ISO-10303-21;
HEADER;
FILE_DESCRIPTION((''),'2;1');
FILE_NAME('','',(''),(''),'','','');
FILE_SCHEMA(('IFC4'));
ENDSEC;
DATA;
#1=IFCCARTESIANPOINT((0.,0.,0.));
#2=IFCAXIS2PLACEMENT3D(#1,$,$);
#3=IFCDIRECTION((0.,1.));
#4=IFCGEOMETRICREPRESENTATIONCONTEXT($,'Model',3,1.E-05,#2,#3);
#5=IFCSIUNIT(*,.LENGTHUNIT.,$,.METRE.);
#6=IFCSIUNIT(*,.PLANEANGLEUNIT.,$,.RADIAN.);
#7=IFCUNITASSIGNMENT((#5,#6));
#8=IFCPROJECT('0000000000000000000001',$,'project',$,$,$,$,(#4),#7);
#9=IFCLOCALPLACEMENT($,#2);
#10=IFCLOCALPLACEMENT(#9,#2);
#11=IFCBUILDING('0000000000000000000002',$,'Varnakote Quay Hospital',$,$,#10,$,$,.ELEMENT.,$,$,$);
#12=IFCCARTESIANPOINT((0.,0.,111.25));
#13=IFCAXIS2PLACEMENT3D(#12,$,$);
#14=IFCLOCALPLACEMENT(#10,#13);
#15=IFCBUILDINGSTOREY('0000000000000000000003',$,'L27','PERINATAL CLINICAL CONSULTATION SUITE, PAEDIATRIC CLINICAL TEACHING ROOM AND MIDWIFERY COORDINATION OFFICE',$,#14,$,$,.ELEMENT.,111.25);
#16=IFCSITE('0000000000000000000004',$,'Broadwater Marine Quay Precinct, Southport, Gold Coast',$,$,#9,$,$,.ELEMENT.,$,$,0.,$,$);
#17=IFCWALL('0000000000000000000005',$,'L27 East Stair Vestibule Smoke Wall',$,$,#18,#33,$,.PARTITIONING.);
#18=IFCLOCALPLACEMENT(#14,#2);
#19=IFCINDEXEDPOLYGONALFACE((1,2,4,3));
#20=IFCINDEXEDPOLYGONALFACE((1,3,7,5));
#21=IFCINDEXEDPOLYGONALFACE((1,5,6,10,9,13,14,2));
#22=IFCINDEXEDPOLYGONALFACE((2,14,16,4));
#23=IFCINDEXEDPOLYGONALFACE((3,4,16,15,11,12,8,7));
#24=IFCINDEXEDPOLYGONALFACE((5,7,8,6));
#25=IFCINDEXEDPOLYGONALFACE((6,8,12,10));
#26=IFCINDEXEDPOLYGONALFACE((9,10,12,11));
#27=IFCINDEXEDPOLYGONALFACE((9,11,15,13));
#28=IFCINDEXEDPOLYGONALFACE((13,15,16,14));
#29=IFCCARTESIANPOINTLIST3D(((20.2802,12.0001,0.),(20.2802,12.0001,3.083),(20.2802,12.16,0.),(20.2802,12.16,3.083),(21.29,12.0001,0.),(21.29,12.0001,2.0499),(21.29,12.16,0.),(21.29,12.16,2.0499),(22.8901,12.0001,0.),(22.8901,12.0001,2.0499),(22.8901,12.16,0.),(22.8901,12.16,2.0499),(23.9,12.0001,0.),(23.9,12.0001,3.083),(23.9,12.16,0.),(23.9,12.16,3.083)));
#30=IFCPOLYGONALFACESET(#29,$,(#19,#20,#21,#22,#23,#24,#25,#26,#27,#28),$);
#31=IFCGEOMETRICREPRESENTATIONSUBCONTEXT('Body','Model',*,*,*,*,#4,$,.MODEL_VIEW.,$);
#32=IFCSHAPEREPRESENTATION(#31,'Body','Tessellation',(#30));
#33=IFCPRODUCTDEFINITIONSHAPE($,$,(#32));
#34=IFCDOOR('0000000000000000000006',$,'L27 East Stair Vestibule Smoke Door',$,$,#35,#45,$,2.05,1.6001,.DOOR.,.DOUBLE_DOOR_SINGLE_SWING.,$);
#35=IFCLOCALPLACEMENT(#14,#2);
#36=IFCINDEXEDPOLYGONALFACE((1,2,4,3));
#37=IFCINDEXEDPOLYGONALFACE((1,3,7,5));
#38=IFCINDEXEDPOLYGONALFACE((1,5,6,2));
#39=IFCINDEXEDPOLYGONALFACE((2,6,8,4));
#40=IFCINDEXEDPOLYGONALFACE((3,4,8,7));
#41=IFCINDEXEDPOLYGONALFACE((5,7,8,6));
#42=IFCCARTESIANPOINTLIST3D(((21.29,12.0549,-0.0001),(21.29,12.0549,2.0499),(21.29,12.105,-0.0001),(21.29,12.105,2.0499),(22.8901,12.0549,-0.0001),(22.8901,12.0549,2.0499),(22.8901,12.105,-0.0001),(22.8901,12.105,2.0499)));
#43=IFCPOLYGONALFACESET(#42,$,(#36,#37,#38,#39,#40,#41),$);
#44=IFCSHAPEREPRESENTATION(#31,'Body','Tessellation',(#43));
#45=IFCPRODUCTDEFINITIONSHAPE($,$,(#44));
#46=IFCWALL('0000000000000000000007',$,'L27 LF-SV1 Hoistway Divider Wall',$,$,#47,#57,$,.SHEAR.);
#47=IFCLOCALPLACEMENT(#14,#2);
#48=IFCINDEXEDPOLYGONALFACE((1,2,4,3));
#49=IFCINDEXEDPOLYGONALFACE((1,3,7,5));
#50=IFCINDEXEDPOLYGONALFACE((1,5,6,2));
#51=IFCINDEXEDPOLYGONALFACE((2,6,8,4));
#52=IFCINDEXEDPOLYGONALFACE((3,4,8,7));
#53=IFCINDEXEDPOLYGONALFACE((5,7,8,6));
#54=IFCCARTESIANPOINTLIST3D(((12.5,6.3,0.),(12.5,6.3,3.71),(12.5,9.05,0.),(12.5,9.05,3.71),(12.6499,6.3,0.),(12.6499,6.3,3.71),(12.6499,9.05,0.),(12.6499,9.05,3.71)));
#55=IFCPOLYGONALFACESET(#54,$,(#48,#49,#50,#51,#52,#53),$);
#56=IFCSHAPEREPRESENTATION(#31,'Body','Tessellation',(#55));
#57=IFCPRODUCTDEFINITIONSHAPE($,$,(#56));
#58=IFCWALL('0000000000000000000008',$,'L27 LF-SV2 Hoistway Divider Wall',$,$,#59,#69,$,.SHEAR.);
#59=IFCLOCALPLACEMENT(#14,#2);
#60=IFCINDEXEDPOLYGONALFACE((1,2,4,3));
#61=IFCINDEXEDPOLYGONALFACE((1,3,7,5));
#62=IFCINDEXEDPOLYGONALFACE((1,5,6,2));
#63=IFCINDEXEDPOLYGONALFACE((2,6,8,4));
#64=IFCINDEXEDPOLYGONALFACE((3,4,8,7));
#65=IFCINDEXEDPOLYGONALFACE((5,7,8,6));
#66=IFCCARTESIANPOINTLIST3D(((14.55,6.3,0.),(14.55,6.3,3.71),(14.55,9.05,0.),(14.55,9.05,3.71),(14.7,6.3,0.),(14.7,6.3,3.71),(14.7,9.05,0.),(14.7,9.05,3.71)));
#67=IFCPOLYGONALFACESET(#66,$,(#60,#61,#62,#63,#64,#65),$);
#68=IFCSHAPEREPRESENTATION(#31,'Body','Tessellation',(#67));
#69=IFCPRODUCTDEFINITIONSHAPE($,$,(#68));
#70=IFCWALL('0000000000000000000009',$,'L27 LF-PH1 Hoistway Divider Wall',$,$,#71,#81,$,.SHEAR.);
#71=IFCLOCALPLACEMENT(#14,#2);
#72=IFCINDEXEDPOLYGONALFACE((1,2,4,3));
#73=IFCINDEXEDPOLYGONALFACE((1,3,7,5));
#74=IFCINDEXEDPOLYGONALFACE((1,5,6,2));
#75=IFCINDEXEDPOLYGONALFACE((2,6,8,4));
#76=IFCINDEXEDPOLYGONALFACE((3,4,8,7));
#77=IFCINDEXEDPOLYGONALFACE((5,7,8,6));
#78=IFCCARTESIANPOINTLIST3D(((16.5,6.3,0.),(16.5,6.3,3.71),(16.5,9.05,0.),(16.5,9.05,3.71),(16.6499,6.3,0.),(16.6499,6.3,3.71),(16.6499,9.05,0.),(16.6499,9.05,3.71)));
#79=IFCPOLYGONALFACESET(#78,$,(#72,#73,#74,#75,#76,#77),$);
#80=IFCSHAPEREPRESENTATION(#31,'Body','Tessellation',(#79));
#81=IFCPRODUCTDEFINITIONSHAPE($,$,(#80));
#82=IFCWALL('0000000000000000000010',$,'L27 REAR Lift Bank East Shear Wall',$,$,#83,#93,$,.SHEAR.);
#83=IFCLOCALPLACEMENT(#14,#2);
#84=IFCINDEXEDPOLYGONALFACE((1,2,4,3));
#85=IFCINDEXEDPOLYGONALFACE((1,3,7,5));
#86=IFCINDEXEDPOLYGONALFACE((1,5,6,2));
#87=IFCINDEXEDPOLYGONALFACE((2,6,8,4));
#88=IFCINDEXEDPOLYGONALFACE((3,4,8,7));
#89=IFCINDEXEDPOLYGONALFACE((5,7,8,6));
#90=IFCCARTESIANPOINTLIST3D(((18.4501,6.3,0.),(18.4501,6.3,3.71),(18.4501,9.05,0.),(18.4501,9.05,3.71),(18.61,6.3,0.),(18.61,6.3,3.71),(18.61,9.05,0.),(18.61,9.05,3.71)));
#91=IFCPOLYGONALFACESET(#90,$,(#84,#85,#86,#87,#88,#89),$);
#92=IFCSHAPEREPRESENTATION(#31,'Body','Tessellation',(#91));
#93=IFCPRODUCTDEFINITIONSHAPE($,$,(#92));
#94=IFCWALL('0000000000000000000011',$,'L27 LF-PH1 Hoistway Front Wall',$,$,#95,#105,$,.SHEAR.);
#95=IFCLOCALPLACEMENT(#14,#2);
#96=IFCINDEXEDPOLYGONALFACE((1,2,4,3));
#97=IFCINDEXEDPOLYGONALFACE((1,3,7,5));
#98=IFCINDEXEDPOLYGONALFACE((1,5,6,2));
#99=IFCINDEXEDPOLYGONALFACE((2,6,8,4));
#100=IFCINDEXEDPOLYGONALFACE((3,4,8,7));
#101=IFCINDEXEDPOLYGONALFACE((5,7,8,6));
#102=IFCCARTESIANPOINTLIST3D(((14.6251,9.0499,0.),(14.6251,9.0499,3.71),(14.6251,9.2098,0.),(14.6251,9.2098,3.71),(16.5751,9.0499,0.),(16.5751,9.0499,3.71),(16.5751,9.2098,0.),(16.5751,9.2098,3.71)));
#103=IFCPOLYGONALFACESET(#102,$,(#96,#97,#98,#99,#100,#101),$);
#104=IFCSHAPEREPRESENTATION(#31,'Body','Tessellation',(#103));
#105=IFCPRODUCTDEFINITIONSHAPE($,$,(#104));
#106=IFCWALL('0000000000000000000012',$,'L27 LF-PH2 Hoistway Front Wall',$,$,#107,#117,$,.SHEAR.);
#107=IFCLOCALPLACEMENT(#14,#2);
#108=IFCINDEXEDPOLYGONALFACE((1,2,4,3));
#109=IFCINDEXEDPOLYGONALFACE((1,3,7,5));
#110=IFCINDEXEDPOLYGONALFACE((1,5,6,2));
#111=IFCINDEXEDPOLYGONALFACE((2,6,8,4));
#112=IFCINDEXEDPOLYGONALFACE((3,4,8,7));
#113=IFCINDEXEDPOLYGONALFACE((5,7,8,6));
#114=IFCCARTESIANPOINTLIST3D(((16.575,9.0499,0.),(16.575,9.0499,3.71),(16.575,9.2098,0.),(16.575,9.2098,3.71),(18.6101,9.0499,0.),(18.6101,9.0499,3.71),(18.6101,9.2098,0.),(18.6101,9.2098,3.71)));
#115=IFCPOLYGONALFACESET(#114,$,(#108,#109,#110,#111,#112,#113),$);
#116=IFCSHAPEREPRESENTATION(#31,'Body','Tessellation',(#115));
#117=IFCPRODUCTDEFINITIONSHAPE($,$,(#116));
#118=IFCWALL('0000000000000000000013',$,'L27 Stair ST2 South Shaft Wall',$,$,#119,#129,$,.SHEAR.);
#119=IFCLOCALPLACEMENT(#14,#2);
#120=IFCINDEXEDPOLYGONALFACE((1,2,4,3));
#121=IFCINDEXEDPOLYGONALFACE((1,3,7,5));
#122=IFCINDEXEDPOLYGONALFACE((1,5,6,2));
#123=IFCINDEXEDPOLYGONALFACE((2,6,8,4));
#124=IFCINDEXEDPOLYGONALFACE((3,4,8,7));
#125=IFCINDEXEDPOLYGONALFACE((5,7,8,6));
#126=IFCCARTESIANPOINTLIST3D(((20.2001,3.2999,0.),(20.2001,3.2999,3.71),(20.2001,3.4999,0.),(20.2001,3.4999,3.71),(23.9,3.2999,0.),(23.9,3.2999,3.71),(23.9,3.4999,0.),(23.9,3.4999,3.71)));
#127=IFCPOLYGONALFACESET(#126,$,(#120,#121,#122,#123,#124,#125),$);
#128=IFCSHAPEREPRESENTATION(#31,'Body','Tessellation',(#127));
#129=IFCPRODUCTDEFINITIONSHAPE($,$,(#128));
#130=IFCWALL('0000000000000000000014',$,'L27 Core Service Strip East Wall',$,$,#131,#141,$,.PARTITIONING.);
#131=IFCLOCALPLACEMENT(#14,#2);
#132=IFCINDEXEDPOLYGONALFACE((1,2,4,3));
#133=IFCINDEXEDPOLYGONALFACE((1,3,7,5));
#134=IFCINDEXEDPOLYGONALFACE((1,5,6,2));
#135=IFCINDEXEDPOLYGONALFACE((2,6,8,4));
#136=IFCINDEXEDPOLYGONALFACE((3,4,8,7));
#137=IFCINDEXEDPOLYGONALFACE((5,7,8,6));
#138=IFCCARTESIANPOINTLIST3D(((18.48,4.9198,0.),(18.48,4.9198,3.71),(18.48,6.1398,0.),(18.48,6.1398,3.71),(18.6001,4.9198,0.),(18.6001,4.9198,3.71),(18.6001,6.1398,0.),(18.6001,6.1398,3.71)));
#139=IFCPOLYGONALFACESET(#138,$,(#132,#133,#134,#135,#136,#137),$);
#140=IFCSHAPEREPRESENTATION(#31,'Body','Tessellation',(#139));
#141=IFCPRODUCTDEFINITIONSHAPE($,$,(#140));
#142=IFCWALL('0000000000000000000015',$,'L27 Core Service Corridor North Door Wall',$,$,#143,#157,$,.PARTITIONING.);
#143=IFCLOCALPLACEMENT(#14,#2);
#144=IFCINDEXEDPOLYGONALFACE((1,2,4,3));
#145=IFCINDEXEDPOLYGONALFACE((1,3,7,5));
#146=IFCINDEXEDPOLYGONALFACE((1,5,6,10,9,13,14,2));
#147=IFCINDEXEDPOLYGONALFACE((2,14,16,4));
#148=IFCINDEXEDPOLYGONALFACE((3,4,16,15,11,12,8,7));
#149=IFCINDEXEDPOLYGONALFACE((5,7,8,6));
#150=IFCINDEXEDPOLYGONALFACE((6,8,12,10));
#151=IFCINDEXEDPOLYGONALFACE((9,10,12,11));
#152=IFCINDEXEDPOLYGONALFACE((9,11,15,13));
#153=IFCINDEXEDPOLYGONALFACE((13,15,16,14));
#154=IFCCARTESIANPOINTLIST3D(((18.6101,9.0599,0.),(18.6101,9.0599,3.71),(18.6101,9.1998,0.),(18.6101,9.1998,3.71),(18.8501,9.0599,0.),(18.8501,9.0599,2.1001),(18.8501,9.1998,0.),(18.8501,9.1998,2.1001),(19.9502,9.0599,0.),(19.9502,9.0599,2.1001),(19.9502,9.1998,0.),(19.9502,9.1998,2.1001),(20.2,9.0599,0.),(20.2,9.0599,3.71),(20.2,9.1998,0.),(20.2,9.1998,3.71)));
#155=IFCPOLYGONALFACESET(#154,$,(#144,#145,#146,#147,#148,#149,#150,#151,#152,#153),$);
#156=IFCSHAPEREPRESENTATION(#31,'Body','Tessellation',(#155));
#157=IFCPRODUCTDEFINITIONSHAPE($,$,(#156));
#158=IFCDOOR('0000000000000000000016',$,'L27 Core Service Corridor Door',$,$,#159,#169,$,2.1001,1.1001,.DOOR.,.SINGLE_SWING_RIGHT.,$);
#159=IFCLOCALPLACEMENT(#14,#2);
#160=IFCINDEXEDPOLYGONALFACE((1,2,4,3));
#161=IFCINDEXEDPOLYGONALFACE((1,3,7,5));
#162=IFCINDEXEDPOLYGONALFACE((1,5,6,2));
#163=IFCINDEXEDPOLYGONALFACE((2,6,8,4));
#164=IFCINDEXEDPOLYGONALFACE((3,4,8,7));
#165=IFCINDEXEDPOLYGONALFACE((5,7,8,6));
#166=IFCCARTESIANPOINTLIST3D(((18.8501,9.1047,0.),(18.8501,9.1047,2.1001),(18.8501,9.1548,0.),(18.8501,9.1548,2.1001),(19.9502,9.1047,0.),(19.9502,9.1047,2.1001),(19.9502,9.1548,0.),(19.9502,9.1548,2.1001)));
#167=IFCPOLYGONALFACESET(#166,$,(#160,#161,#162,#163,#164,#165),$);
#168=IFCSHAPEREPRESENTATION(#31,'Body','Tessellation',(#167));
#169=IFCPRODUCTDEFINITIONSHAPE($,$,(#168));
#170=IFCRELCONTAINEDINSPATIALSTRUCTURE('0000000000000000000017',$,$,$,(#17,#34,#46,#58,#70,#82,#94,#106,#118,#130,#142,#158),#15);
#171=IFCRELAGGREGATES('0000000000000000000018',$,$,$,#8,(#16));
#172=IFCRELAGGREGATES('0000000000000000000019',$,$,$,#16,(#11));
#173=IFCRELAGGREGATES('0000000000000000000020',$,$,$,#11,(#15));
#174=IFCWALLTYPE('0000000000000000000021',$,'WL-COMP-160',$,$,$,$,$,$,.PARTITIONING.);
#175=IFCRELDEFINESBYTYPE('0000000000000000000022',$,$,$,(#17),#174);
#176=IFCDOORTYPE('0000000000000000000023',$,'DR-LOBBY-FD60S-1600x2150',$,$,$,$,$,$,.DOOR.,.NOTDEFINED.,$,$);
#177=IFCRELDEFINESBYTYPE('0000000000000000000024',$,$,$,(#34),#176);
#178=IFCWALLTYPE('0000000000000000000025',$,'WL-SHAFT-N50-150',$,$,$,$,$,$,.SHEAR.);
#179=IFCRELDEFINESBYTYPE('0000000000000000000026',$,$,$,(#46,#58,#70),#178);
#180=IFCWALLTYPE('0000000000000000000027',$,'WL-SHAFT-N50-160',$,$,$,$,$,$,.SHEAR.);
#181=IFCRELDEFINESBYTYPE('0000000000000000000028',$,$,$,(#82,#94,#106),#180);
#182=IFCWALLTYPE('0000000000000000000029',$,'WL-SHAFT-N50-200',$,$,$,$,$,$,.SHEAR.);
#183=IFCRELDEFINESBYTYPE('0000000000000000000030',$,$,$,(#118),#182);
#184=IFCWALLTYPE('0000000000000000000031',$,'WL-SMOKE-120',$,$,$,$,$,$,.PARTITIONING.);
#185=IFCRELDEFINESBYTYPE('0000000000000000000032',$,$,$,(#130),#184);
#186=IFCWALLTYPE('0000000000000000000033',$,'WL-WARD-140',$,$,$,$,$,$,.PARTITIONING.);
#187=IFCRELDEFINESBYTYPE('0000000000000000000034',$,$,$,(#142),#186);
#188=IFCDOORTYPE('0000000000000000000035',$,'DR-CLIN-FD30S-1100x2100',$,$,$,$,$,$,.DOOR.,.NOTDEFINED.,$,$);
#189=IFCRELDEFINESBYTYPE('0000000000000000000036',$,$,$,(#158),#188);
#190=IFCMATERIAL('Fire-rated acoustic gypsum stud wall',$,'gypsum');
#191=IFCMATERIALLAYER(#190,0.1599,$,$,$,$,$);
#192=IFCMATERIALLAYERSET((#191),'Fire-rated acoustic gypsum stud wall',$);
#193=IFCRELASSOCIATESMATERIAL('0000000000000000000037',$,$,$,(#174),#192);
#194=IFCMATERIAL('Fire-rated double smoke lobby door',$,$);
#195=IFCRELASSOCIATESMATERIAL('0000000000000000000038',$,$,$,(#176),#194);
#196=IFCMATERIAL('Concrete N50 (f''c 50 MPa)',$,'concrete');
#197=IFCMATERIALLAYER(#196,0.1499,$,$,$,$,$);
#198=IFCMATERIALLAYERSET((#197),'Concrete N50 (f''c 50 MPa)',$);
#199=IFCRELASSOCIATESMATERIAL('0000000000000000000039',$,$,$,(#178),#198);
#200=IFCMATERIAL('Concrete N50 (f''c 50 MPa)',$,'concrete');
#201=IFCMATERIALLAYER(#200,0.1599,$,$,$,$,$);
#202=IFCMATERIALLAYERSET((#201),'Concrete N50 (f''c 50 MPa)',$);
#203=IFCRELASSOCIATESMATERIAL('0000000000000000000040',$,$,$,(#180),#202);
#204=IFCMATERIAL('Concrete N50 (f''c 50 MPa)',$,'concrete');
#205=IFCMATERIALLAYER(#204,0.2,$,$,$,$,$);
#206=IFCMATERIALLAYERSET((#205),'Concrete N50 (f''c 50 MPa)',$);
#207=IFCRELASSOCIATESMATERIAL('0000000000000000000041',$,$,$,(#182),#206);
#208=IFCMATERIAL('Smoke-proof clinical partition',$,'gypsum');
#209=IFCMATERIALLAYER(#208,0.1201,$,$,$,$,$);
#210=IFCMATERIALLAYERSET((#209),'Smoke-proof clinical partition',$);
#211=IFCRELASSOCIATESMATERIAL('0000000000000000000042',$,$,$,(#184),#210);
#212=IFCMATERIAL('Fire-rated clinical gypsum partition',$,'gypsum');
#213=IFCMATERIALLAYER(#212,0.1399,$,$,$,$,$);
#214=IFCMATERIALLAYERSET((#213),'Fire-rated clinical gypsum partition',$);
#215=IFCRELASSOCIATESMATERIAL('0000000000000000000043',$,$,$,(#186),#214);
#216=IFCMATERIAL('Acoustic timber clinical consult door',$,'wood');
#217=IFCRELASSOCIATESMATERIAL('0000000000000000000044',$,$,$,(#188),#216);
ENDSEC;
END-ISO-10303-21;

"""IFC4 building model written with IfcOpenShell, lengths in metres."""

from ifc_helpers import new_model, si_unit, direction, frame, frame_2d, origin, place, context, subcontext, project, spatial, rectangle, extrude, material, layer, layer_set, type_object, element, fill, save


model = new_model("IFC4")

# Units and contexts
model_context = context("Model", 3, precision=1e-05, world=origin(), true_north=direction((0.0, 1.0)))
body_context = subcontext(model_context, "Body", "Model", "MODEL_VIEW")
ifc_project = project(units=[si_unit("LENGTHUNIT", "METRE"), si_unit("PLANEANGLEUNIT", "RADIAN")], contexts=[model_context])

# Site, building, storey
site_placement = place(None, origin())
site = spatial("IfcSite", under=ifc_project, at=site_placement, Name="Broadwater Marine Quay Precinct, Southport, Gold Coast", CompositionType="ELEMENT", RefElevation=0.0)
building_placement = place(site_placement, origin())
building = spatial("IfcBuilding", under=site, at=building_placement, Name="Varnakote Quay Hospital", CompositionType="ELEMENT")
storey_placement = place(building_placement, frame((0.0, 0.0, 111.25)))
storey = spatial("IfcBuildingStorey", under=building, at=storey_placement, Name="L27", Description="PERINATAL CLINICAL CONSULTATION SUITE, PAEDIATRIC CLINICAL TEACHING ROOM AND MIDWIFERY COORDINATION OFFICE", CompositionType="ELEMENT", Elevation=111.25)

# Shared definitions
ifc_material_1 = material(Name="Fire-rated acoustic gypsum stud wall", Category="gypsum")
ifc_layer_1 = layer(ifc_material_1, 0.1599)
ifc_layer_set_1 = layer_set([ifc_layer_1], Name="Fire-rated acoustic gypsum stud wall")
wall_type_1 = type_object("IfcWallType", Name="WL-COMP-160", PredefinedType="PARTITIONING", material=ifc_layer_set_1)

# Shared definitions
ifc_material_2 = material(Name="Fire-rated double smoke lobby door")
door_type_1 = type_object("IfcDoorType", Name="DR-LOBBY-FD60S-1600x2150", OperationType="NOTDEFINED", PredefinedType="DOOR", material=ifc_material_2)

# Wall, opening, door
wall_1_placement = place(storey_placement, frame((20.28, 12.0801, 0.0), z_axis=(0.0, 0.0, 1.0), x_axis=(1.0, 0.0, 0.0)))
wall_1 = element("IfcWall", 1, at=wall_1_placement, inside=storey, type_object=wall_type_1, Name="L27 East Stair Vestibule Smoke Wall", PredefinedType="PARTITIONING", context=body_context, shape_type="SweptSolid", body=[
    extrude(rectangle(XDim=3.6199, YDim=0.1599, at=frame_2d((1.8101, 0.0))), origin(), (0.0, 0.0, 1.0), 3.083),
])
opening_1_placement = place(wall_1_placement, frame((1.01, 0.0, 0.0)))
opening_1 = element("IfcOpeningElement", 2, at=opening_1_placement, cuts=wall_1, PredefinedType="OPENING", context=body_context, shape_type="SweptSolid", body=[
    extrude(rectangle(XDim=1.6001, YDim=2.05, at=frame_2d((0.8, 1.0249))), frame((0.0, 0.0898, 0.0), z_axis=(0.0, -1.0, 0.0), x_axis=(1.0, 0.0, 0.0)), (0.0, 0.0, 1.0), 0.1799),
])
door_1_placement = place(opening_1_placement, origin())
door_1 = element("IfcDoor", 3, at=door_1_placement, inside=storey, type_object=door_type_1, Name="L27 East Stair Vestibule Smoke Door", OperationType="DOUBLE_DOOR_SINGLE_SWING", OverallHeight=2.05, OverallWidth=1.6001, PredefinedType="DOOR", context=body_context, shape_type="SweptSolid", body=[
    extrude(rectangle(XDim=1.6001, YDim=2.05, at=frame_2d((0.8, 1.0249))), frame((0.0, 0.0249, 0.0), z_axis=(0.0, -1.0, 0.0), x_axis=(1.0, 0.0, 0.0)), (0.0, 0.0, 1.0), 0.05),
])
fill(opening_1, door_1)

# Walls
ifc_material_3 = material(Name="Concrete N50 (f'c 50 MPa)", Category="concrete")
ifc_layer_2 = layer(ifc_material_3, 0.1499)
ifc_layer_set_2 = layer_set([ifc_layer_2], Name="Concrete N50 (f'c 50 MPa)")
wall_type_2 = type_object("IfcWallType", Name="WL-SHAFT-N50-150", PredefinedType="SHEAR", material=ifc_layer_set_2)
for number, where, z_axis, x_axis, name in (
    (4, (12.575, 6.3, 0.0), (0.0, 0.0, 1.0), (0.0, 1.0, 0.0), "L27 LF-SV1 Hoistway Divider Wall"),
    (5, (14.625, 6.3, 0.0), (0.0, 0.0, 1.0), (0.0, 1.0, 0.0), "L27 LF-SV2 Hoistway Divider Wall"),
    (6, (16.575, 6.3, 0.0), (0.0, 0.0, 1.0), (0.0, 1.0, 0.0), "L27 LF-PH1 Hoistway Divider Wall"),
):
    element("IfcWall", number, at=place(storey_placement, frame(where, z_axis=z_axis, x_axis=x_axis)), inside=storey, type_object=wall_type_2, Name=name, PredefinedType="SHEAR", context=body_context, shape_type="SweptSolid", body=[
        extrude(rectangle(XDim=2.75, YDim=0.1499, at=frame_2d((1.375, 0.0))), origin(), (0.0, 0.0, 1.0), 3.71),
    ])
ifc_material_4 = material(Name="Concrete N50 (f'c 50 MPa)", Category="concrete")
ifc_layer_3 = layer(ifc_material_4, 0.1599)
ifc_layer_set_3 = layer_set([ifc_layer_3], Name="Concrete N50 (f'c 50 MPa)")
wall_type_3 = type_object("IfcWallType", Name="WL-SHAFT-N50-160", PredefinedType="SHEAR", material=ifc_layer_set_3)
wall_2_placement = place(storey_placement, frame((18.53, 6.3, 0.0), z_axis=(0.0, 0.0, 1.0), x_axis=(0.0, 1.0, 0.0)))
element("IfcWall", 7, at=wall_2_placement, inside=storey, type_object=wall_type_3, Name="L27 REAR Lift Bank East Shear Wall", PredefinedType="SHEAR", context=body_context, shape_type="SweptSolid", body=[
    extrude(rectangle(XDim=2.75, YDim=0.1599, at=frame_2d((1.375, 0.0))), origin(), (0.0, 0.0, 1.0), 3.71),
])

# Walls
wall_3_placement = place(storey_placement, frame((14.625, 9.1299, 0.0), z_axis=(0.0, 0.0, 1.0), x_axis=(1.0, 0.0, 0.0)))
element("IfcWall", 8, at=wall_3_placement, inside=storey, type_object=wall_type_3, Name="L27 LF-PH1 Hoistway Front Wall", PredefinedType="SHEAR", context=body_context, shape_type="SweptSolid", body=[
    extrude(rectangle(XDim=1.95, YDim=0.1599, at=frame_2d((0.9751, 0.0))), origin(), (0.0, 0.0, 1.0), 3.71),
])
wall_4_placement = place(storey_placement, frame((16.575, 9.1299, 0.0), z_axis=(0.0, 0.0, 1.0), x_axis=(1.0, 0.0, 0.0)))
element("IfcWall", 9, at=wall_4_placement, inside=storey, type_object=wall_type_3, Name="L27 LF-PH2 Hoistway Front Wall", PredefinedType="SHEAR", context=body_context, shape_type="SweptSolid", body=[
    extrude(rectangle(XDim=2.0352, YDim=0.1599, at=frame_2d((1.0176, 0.0))), origin(), (0.0, 0.0, 1.0), 3.71),
])
ifc_material_5 = material(Name="Concrete N50 (f'c 50 MPa)", Category="concrete")
ifc_layer_4 = layer(ifc_material_5, 0.2)
ifc_layer_set_4 = layer_set([ifc_layer_4], Name="Concrete N50 (f'c 50 MPa)")
wall_type_4 = type_object("IfcWallType", Name="WL-SHAFT-N50-200", PredefinedType="SHEAR", material=ifc_layer_set_4)
wall_5_placement = place(storey_placement, frame((20.2, 3.3999, 0.0), z_axis=(0.0, 0.0, 1.0), x_axis=(1.0, 0.0, 0.0)))
element("IfcWall", 10, at=wall_5_placement, inside=storey, type_object=wall_type_4, Name="L27 Stair ST2 South Shaft Wall", PredefinedType="SHEAR", context=body_context, shape_type="SweptSolid", body=[
    extrude(rectangle(XDim=3.7, YDim=0.2, at=frame_2d((1.8501, 0.0))), origin(), (0.0, 0.0, 1.0), 3.71),
])

# Wall
ifc_material_6 = material(Name="Smoke-proof clinical partition", Category="gypsum")
ifc_layer_5 = layer(ifc_material_6, 0.1201)
ifc_layer_set_5 = layer_set([ifc_layer_5], Name="Smoke-proof clinical partition")
wall_type_5 = type_object("IfcWallType", Name="WL-SMOKE-120", PredefinedType="PARTITIONING", material=ifc_layer_set_5)
wall_6_placement = place(storey_placement, frame((18.54, 4.9199, 0.0), z_axis=(0.0, 0.0, 1.0), x_axis=(0.0, 1.0, 0.0)))
element("IfcWall", 11, at=wall_6_placement, inside=storey, type_object=wall_type_5, Name="L27 Core Service Strip East Wall", PredefinedType="PARTITIONING", context=body_context, shape_type="SweptSolid", body=[
    extrude(rectangle(XDim=1.22, YDim=0.1201, at=frame_2d((0.6099, 0.0))), origin(), (0.0, 0.0, 1.0), 3.71),
])

# Wall, opening, door
ifc_material_7 = material(Name="Fire-rated clinical gypsum partition", Category="gypsum")
ifc_layer_6 = layer(ifc_material_7, 0.1399)
ifc_layer_set_6 = layer_set([ifc_layer_6], Name="Fire-rated clinical gypsum partition")
wall_type_6 = type_object("IfcWallType", Name="WL-WARD-140", PredefinedType="PARTITIONING", material=ifc_layer_set_6)
wall_7_placement = place(storey_placement, frame((18.6101, 9.1299, 0.0), z_axis=(0.0, 0.0, 1.0), x_axis=(1.0, 0.0, 0.0)))
wall_7 = element("IfcWall", 12, at=wall_7_placement, inside=storey, type_object=wall_type_6, Name="L27 Core Service Corridor North Door Wall", PredefinedType="PARTITIONING", context=body_context, shape_type="SweptSolid", body=[
    extrude(rectangle(XDim=1.5898, YDim=0.1399, at=frame_2d((0.7949, 0.0))), origin(), (0.0, 0.0, 1.0), 3.71),
])
opening_2_placement = place(wall_7_placement, frame((0.24, 0.0, 0.0)))
opening_2 = element("IfcOpeningElement", 13, at=opening_2_placement, cuts=wall_7, PredefinedType="OPENING", context=body_context, shape_type="SweptSolid", body=[
    extrude(rectangle(XDim=1.1001, YDim=2.1001, at=frame_2d((0.55, 1.05))), frame((0.0, 0.0798, 0.0), z_axis=(0.0, -1.0, 0.0), x_axis=(1.0, 0.0, 0.0)), (0.0, 0.0, 1.0), 0.1599),
])
ifc_material_8 = material(Name="Acoustic timber clinical consult door", Category="wood")
door_type_2 = type_object("IfcDoorType", Name="DR-CLIN-FD30S-1100x2100", OperationType="NOTDEFINED", PredefinedType="DOOR", material=ifc_material_8)
door_2_placement = place(opening_2_placement, origin())
door_2 = element("IfcDoor", 14, at=door_2_placement, inside=storey, type_object=door_type_2, Name="L27 Core Service Corridor Door", OperationType="SINGLE_SWING_RIGHT", OverallHeight=2.1001, OverallWidth=1.1001, PredefinedType="DOOR", context=body_context, shape_type="SweptSolid", body=[
    extrude(rectangle(XDim=1.1001, YDim=2.1001, at=frame_2d((0.55, 1.05))), frame((0.0, 0.0249, 0.0), z_axis=(0.0, -1.0, 0.0), x_axis=(1.0, 0.0, 0.0)), (0.0, 0.0, 1.0), 0.05),
])
fill(opening_2, door_2)

save(model, "model.ifc")
